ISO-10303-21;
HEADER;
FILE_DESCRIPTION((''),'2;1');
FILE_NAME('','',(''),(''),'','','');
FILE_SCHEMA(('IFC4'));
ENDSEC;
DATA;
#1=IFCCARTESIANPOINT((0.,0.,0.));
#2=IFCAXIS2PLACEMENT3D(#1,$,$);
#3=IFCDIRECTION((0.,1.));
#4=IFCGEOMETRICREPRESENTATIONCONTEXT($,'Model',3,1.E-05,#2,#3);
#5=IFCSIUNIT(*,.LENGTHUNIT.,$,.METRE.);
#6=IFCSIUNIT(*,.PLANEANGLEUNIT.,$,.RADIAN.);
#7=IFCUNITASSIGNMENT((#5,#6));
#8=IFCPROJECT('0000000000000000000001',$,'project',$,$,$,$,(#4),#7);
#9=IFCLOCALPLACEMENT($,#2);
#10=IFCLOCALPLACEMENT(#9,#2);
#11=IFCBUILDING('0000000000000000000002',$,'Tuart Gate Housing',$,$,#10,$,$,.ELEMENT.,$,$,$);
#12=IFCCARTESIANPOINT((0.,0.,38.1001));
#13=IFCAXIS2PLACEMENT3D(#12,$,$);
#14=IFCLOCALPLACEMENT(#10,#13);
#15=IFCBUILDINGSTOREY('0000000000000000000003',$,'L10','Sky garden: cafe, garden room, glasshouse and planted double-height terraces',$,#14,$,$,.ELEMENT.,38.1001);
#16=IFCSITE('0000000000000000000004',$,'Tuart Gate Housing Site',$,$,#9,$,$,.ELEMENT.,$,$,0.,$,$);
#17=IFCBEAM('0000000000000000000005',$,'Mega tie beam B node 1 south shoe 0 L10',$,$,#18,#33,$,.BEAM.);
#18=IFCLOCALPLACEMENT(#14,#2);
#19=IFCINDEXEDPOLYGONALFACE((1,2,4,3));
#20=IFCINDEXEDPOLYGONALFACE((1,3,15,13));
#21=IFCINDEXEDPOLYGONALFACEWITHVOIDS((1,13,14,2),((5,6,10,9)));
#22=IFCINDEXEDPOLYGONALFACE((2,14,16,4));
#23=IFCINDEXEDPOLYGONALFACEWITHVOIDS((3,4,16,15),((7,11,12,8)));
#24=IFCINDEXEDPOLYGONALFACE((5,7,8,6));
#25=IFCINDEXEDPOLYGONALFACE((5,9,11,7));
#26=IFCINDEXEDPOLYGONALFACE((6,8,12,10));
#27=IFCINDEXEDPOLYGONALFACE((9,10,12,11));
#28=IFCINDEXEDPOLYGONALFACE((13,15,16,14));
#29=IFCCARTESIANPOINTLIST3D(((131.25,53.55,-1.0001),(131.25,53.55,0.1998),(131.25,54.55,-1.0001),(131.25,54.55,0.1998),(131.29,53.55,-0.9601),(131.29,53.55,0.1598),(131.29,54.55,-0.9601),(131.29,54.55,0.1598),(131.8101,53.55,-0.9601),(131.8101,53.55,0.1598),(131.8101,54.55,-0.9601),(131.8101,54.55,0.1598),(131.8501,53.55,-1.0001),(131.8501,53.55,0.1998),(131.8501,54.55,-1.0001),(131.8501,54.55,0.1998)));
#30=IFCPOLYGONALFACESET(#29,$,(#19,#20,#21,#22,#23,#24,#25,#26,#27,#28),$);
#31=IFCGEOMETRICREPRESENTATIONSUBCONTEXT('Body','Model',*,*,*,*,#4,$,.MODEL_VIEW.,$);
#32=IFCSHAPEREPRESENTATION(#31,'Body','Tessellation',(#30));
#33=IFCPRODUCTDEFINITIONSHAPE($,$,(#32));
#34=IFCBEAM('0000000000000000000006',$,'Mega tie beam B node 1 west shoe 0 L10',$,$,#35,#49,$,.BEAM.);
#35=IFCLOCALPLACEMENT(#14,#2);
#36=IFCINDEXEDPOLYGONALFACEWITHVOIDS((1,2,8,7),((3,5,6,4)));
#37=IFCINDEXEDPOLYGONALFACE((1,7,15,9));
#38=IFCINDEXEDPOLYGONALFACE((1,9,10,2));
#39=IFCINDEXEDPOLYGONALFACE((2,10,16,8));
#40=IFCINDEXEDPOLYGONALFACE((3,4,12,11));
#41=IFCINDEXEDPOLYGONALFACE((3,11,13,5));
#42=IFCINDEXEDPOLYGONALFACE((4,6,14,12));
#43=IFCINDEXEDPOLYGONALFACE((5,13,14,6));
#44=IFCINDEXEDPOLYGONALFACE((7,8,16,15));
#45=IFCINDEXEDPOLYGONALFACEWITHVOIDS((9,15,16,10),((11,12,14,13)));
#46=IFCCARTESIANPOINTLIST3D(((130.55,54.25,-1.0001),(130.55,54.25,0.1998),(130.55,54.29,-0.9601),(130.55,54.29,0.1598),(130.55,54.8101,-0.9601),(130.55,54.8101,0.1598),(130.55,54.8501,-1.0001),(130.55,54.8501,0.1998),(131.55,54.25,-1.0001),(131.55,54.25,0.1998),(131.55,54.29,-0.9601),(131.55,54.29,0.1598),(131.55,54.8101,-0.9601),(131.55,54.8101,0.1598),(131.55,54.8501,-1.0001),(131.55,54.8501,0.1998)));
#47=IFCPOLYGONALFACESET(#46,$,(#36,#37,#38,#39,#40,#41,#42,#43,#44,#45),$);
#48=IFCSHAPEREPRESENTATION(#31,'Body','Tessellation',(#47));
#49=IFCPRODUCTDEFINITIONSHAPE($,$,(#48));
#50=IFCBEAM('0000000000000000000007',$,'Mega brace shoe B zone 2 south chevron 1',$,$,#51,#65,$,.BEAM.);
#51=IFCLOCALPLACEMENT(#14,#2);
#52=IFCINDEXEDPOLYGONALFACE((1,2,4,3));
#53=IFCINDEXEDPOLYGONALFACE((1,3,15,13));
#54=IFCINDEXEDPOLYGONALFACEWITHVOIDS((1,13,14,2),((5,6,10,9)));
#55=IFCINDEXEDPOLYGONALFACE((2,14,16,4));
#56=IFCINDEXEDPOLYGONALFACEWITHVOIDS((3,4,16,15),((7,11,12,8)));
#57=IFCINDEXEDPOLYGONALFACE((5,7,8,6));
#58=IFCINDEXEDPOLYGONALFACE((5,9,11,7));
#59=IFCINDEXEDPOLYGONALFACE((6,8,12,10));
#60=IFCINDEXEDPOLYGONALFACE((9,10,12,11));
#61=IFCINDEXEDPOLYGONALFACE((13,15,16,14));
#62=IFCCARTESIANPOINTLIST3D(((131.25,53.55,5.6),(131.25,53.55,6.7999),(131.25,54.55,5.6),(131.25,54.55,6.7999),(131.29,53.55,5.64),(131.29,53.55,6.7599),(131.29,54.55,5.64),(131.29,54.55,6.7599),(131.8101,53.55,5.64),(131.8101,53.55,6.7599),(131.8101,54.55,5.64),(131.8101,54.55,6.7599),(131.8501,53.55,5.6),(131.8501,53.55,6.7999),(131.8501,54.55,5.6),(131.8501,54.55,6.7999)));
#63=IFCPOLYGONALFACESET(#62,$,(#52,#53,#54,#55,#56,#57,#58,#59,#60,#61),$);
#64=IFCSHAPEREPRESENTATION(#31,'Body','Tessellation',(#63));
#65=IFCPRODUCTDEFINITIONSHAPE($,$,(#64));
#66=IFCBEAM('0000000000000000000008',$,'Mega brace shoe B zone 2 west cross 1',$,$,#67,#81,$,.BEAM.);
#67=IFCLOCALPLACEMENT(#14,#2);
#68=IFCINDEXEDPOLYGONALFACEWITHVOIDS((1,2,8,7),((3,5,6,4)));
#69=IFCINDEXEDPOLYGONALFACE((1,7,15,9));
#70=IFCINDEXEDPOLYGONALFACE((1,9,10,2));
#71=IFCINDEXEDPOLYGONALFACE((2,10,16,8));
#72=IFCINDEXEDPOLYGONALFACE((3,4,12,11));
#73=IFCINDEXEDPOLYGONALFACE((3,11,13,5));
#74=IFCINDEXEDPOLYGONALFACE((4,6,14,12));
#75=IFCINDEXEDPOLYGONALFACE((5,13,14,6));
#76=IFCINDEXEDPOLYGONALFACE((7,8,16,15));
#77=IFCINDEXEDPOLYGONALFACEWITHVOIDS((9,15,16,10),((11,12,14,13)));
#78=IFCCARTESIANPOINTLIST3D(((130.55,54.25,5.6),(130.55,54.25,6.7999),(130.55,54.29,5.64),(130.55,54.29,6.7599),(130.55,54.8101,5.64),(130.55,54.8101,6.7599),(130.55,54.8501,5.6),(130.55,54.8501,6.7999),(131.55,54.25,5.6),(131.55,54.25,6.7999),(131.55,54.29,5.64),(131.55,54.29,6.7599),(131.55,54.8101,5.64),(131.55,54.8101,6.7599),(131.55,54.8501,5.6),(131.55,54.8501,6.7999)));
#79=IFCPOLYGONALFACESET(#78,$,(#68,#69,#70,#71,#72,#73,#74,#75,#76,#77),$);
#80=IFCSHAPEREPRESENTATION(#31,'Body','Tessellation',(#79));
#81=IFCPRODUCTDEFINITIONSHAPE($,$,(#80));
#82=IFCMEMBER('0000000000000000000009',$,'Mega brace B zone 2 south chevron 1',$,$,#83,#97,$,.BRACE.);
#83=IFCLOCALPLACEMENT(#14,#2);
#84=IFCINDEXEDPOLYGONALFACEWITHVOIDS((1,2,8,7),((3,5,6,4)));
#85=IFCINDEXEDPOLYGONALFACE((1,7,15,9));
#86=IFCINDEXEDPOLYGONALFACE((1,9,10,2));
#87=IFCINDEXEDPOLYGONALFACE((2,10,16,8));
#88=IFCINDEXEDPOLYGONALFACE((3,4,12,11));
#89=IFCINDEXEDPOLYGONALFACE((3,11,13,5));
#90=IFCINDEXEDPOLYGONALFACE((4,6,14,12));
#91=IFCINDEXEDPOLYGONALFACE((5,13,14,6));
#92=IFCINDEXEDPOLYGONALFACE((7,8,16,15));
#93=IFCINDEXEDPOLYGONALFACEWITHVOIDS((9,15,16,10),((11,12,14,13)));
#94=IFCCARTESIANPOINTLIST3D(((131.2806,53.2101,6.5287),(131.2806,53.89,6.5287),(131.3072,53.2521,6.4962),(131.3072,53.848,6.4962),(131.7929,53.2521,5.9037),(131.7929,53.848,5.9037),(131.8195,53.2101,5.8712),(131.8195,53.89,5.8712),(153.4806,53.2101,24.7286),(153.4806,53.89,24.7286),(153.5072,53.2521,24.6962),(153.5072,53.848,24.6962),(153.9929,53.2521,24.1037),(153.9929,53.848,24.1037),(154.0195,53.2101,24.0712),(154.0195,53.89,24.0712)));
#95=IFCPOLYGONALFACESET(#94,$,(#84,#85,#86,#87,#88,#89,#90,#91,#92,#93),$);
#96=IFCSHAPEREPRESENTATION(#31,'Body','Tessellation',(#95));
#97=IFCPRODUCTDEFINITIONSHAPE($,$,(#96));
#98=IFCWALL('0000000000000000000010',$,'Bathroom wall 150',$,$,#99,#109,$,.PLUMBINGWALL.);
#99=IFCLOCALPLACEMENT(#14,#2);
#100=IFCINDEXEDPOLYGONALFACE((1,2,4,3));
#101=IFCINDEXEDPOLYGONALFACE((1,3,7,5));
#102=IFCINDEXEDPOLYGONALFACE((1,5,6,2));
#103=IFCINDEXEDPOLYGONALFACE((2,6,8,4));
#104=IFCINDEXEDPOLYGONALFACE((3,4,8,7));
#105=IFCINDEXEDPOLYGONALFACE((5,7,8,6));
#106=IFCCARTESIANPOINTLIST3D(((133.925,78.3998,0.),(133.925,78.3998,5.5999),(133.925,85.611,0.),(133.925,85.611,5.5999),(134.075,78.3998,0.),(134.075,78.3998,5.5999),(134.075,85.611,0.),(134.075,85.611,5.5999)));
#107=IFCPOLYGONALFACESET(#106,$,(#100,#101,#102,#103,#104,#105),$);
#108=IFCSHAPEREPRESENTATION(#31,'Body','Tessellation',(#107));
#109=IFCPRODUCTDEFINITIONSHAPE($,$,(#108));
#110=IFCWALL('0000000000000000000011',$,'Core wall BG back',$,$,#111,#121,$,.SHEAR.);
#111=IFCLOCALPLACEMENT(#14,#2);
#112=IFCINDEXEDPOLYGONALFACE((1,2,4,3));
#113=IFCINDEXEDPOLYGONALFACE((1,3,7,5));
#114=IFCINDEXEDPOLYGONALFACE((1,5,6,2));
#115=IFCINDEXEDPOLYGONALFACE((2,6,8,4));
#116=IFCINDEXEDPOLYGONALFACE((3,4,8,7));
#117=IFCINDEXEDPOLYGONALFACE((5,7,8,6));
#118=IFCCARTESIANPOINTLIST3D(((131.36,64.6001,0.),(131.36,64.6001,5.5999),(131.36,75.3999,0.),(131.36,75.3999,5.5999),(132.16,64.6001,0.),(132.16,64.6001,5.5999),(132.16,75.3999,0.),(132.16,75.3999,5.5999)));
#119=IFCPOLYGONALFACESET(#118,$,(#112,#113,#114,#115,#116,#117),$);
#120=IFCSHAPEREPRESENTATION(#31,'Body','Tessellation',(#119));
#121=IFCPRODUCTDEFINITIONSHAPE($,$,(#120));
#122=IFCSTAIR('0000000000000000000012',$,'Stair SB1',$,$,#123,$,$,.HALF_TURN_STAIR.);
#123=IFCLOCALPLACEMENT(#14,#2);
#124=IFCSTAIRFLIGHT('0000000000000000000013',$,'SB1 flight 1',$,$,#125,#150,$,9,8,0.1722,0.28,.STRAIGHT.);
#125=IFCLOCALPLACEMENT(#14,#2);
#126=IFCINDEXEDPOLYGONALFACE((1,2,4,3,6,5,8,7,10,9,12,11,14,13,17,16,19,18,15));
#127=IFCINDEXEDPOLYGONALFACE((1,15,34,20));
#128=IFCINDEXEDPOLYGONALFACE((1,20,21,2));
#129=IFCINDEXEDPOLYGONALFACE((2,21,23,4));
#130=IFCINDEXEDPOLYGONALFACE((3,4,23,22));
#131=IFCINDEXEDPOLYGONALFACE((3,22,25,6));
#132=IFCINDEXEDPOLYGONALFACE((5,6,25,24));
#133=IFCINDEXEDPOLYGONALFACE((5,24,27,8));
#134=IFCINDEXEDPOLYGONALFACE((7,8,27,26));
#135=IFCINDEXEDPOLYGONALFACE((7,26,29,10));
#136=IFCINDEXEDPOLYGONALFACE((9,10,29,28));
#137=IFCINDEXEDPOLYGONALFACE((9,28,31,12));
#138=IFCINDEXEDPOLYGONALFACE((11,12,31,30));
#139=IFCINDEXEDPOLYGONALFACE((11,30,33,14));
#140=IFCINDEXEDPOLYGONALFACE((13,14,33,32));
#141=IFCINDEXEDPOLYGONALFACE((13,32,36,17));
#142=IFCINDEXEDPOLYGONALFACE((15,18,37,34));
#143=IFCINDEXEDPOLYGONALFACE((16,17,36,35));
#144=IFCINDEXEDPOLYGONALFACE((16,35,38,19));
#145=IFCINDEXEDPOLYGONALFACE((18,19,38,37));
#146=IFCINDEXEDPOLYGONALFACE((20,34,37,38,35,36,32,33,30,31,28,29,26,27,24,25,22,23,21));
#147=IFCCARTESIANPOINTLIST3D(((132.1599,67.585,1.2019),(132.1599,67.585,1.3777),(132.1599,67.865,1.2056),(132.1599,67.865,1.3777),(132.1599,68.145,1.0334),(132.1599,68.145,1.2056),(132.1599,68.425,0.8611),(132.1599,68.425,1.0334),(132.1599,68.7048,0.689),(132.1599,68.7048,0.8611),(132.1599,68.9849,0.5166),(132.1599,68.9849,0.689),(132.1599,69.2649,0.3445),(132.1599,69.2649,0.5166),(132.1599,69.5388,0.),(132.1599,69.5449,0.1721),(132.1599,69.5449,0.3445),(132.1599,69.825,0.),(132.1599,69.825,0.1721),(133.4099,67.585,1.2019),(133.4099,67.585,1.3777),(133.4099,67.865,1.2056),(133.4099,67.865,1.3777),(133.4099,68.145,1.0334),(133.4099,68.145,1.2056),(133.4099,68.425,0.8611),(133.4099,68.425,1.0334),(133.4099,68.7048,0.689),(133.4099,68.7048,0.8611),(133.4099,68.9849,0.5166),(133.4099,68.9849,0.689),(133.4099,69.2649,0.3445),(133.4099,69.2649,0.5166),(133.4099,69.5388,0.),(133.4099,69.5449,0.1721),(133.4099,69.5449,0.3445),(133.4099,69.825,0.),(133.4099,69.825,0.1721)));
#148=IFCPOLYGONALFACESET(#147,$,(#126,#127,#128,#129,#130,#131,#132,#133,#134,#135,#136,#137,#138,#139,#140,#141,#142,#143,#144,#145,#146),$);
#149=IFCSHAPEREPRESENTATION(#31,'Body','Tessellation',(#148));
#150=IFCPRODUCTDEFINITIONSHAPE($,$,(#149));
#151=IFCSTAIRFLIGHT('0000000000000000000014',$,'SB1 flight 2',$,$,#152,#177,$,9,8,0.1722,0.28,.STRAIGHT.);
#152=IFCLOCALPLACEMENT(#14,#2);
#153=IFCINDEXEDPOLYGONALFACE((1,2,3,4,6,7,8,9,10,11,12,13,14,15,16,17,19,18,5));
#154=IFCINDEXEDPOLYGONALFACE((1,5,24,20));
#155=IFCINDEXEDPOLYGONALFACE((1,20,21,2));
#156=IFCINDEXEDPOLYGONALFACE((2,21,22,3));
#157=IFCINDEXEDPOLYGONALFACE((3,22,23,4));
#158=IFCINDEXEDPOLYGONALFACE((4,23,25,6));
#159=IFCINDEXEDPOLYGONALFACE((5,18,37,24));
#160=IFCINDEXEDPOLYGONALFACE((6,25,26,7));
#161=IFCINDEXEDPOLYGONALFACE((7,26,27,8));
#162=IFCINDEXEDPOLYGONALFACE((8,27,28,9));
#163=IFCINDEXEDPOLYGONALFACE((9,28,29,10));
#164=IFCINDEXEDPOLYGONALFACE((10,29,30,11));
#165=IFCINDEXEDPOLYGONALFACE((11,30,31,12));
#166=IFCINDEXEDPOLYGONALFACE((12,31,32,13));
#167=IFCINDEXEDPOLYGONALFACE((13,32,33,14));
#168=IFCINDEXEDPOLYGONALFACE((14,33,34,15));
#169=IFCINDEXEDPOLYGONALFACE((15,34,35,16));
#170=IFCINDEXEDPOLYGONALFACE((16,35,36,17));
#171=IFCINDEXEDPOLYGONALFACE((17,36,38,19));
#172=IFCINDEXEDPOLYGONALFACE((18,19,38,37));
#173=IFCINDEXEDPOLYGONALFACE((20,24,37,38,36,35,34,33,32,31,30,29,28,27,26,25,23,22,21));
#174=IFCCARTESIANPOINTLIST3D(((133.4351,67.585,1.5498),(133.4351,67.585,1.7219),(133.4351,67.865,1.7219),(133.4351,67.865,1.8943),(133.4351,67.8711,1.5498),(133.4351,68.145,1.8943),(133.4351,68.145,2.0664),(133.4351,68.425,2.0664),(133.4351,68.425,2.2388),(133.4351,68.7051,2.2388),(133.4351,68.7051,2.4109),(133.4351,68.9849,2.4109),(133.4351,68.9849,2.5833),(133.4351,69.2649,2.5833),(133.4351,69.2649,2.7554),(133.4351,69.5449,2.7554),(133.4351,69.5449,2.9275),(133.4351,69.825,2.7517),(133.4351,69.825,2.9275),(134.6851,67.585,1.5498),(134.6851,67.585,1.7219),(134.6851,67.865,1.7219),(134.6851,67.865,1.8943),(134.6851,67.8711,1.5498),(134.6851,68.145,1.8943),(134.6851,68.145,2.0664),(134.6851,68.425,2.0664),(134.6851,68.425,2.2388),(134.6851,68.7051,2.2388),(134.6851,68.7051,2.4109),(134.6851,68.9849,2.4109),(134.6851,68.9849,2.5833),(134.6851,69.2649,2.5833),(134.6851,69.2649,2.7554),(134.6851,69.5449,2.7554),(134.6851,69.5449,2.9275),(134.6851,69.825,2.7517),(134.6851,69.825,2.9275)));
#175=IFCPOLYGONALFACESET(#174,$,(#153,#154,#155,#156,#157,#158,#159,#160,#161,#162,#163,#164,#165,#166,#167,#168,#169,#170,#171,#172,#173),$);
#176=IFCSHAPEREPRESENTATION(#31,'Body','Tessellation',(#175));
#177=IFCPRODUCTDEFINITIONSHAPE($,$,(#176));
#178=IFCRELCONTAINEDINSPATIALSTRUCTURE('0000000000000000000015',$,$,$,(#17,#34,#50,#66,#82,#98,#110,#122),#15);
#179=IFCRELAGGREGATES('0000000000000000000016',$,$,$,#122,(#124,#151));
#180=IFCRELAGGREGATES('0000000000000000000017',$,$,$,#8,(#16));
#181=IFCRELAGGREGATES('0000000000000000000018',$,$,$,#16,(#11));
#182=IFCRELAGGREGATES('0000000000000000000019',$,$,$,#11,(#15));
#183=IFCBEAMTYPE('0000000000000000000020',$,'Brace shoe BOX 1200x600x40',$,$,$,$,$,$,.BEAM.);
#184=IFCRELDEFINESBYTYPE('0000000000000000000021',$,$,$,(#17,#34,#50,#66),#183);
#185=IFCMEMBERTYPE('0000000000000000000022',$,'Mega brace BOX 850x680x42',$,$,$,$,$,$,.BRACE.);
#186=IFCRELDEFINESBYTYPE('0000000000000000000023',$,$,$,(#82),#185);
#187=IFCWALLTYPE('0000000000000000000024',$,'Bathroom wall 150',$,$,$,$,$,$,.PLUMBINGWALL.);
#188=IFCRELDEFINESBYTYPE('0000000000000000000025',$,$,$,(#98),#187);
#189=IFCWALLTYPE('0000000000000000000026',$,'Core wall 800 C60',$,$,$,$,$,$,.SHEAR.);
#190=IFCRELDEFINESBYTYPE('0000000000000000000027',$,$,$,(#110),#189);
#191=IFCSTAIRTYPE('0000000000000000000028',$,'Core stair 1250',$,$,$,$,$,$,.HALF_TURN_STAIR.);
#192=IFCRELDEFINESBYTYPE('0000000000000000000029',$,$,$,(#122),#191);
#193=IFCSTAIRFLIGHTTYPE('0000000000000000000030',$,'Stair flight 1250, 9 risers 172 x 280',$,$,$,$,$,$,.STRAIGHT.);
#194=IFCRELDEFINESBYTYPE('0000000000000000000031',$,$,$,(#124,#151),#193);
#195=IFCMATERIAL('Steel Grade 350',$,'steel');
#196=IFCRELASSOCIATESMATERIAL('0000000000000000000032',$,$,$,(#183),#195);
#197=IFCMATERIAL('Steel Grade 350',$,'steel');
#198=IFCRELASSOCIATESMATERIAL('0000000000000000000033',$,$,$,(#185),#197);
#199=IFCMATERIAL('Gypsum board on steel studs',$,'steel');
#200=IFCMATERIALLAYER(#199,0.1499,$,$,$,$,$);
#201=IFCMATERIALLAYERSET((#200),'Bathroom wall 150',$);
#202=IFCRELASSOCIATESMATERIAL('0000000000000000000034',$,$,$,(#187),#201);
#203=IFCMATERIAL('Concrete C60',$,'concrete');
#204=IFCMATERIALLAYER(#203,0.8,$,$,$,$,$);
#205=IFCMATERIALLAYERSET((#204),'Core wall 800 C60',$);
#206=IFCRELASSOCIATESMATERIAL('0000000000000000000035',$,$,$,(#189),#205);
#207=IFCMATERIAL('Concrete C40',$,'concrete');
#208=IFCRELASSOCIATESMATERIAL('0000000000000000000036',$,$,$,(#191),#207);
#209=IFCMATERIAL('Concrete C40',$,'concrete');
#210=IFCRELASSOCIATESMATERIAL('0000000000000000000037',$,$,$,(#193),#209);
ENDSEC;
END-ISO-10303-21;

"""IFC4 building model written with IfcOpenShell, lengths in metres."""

from ifc_helpers import new_model, si_unit, direction, frame, frame_2d, origin, origin_2d, place, context, subcontext, project, spatial, polyline, rectangle, hollow_rectangle, outline, extrude, material, layer, layer_set, material_profile, profile_set, type_object, element, aggregate, save


model = new_model("IFC4")

# Units and contexts
model_context = context("Model", 3, precision=1e-05, world=origin(), true_north=direction((0.0, 1.0)))
body_context = subcontext(model_context, "Body", "Model", "MODEL_VIEW")
ifc_project = project(units=[si_unit("LENGTHUNIT", "METRE"), si_unit("PLANEANGLEUNIT", "RADIAN")], contexts=[model_context])

# Site, building, storey
site_placement = place(None, origin())
site = spatial("IfcSite", under=ifc_project, at=site_placement, Name="Tuart Gate Housing Site", CompositionType="ELEMENT", RefElevation=0.0)
building_placement = place(site_placement, origin())
building = spatial("IfcBuilding", under=site, at=building_placement, Name="Tuart Gate Housing", CompositionType="ELEMENT")
storey_placement = place(building_placement, frame((0.0, 0.0, 38.1001)))
storey = spatial("IfcBuildingStorey", under=building, at=storey_placement, Name="L10", Description="Sky garden: cafe, garden room, glasshouse and planted double-height terraces", CompositionType="ELEMENT", Elevation=38.1001)

# Beams
ifc_material_1 = material(Name="Steel Grade 350", Category="steel")
ifc_material_profile_1 = material_profile(ifc_material_1, hollow_rectangle(XDim=0.6001, YDim=1.2, WallThickness=0.04, at=origin_2d()), Name="BOX 1200x600x40")
ifc_profile_set_1 = profile_set([ifc_material_profile_1], Name="Steel Grade 350")
beam_type = type_object("IfcBeamType", Name="Brace shoe BOX 1200x600x40", PredefinedType="BEAM", material=ifc_profile_set_1)
for number, where, z_axis, x_axis, name in (
    (1, (131.55, 54.55, -0.4001), (0.0, -1.0, 0.0), (1.0, 0.0, 0.0), "Mega tie beam B node 1 south shoe 0 L10"),
    (2, (131.55, 54.55, -0.4001), (-1.0, 0.0, 0.0), (0.0, -1.0, 0.0), "Mega tie beam B node 1 west shoe 0 L10"),
    (3, (131.55, 54.55, 6.2), (0.0, -1.0, 0.0), (1.0, 0.0, 0.0), "Mega brace shoe B zone 2 south chevron 1"),
    (4, (131.55, 54.55, 6.2), (-1.0, 0.0, 0.0), (0.0, -1.0, 0.0), "Mega brace shoe B zone 2 west cross 1"),
):
    element("IfcBeam", number, at=place(storey_placement, frame(where, z_axis=z_axis, x_axis=x_axis)), inside=storey, type_object=beam_type, Name=name, PredefinedType="BEAM", context=body_context, shape_type="SweptSolid", body=[
        extrude(hollow_rectangle(XDim=0.6001, YDim=1.2, WallThickness=0.04, at=origin_2d()), origin(), (0.0, 0.0, 1.0), 1.0),
    ])

# Member
ifc_material_2 = material(Name="Steel Grade 350", Category="steel")
ifc_material_profile_2 = material_profile(ifc_material_2, hollow_rectangle(XDim=0.6799, YDim=0.8501, WallThickness=0.042, at=origin_2d()), Name="BOX 850x680x42")
ifc_profile_set_2 = profile_set([ifc_material_profile_2], Name="Steel Grade 350")
member_type = type_object("IfcMemberType", Name="Mega brace BOX 850x680x42", PredefinedType="BRACE", material=ifc_profile_set_2)
member_placement = place(storey_placement, frame((131.55, 53.55, 6.2), z_axis=(0.773336, 0.0, 0.633996), x_axis=(0.0, 1.0, 0.0)))
element("IfcMember", 5, at=member_placement, inside=storey, type_object=member_type, Name="Mega brace B zone 2 south chevron 1", PredefinedType="BRACE", context=body_context, shape_type="SweptSolid", body=[
    extrude(hollow_rectangle(XDim=0.6799, YDim=0.8501, WallThickness=0.042, at=origin_2d()), origin(), (0.0, 0.0, 1.0), 28.7068),
])

# Wall
ifc_material_3 = material(Name="Gypsum board on steel studs", Category="steel")
ifc_layer_1 = layer(ifc_material_3, 0.1499)
ifc_layer_set_1 = layer_set([ifc_layer_1], Name="Bathroom wall 150")
wall_type_1 = type_object("IfcWallType", Name="Bathroom wall 150", PredefinedType="PLUMBINGWALL", material=ifc_layer_set_1)
wall_1_placement = place(storey_placement, frame((134.0, 78.3999, 0.0), z_axis=(0.0, 0.0, 1.0), x_axis=(0.0, 1.0, 0.0)))
element("IfcWall", 6, at=wall_1_placement, inside=storey, type_object=wall_type_1, Name="Bathroom wall 150", PredefinedType="PLUMBINGWALL", context=body_context, shape_type="SweptSolid", body=[
    extrude(rectangle(XDim=7.2112, YDim=0.1499, at=frame_2d((3.6055, 0.0))), origin(), (0.0, 0.0, 1.0), 5.5999),
])

# Wall
ifc_material_4 = material(Name="Concrete C60", Category="concrete")
ifc_layer_2 = layer(ifc_material_4, 0.8)
ifc_layer_set_2 = layer_set([ifc_layer_2], Name="Core wall 800 C60")
wall_type_2 = type_object("IfcWallType", Name="Core wall 800 C60", PredefinedType="SHEAR", material=ifc_layer_set_2)
wall_2_placement = place(storey_placement, frame((131.76, 64.6001, 0.0), z_axis=(0.0, 0.0, 1.0), x_axis=(0.0, 1.0, 0.0)))
element("IfcWall", 7, at=wall_2_placement, inside=storey, type_object=wall_type_2, Name="Core wall BG back", PredefinedType="SHEAR", context=body_context, shape_type="SweptSolid", body=[
    extrude(rectangle(XDim=10.7998, YDim=0.8, at=frame_2d((5.3999, 0.0))), origin(), (0.0, 0.0, 1.0), 5.5999),
])

# Stair, stair flights
ifc_material_5 = material(Name="Concrete C40", Category="concrete")
stair_type = type_object("IfcStairType", Name="Core stair 1250", PredefinedType="HALF_TURN_STAIR", material=ifc_material_5)
stair_placement = place(storey_placement, origin())
stair = element("IfcStair", 8, at=stair_placement, inside=storey, type_object=stair_type, Name="Stair SB1", PredefinedType="HALF_TURN_STAIR")
ifc_material_6 = material(Name="Concrete C40", Category="concrete")
stair_flight_type = type_object("IfcStairFlightType", Name="Stair flight 1250, 9 risers 172 x 280", PredefinedType="STRAIGHT", material=ifc_material_6)
stair_flight_1_placement = place(storey_placement, frame((132.7849, 69.825, 0.0), z_axis=(0.0, 0.0, 1.0), x_axis=(0.0, -1.0, 0.0)))
stair_flight_1 = element("IfcStairFlight", 9, at=stair_flight_1_placement, type_object=stair_flight_type, Name="SB1 flight 1", NumberOfRisers=9, NumberOfTreads=8, PredefinedType="STRAIGHT", RiserHeight=0.1722, TreadLength=0.28, context=body_context, shape_type="SweptSolid", body=[
    extrude(outline(polyline([(0.0, 0.0), (0.0, 0.1721), (0.28, 0.1721), (0.28, 0.3445), (0.5601, 0.3445), (0.5601, 0.5166), (0.8401, 0.5166), (0.8401, 0.689), (1.1201, 0.689), (1.1201, 0.8611), (1.3999, 0.8611), (1.3999, 1.0334), (1.6799, 1.0334), (1.6799, 1.2056), (1.96, 1.2056), (1.96, 1.3777), (2.24, 1.3777), (2.24, 1.55), (2.24, 1.2019), (0.2861, 0.0), (0.0, 0.0)])), frame((0.0, 0.625, 0.0), z_axis=(0.0, -1.0, 0.0), x_axis=(1.0, 0.0, 0.0)), (0.0, 0.0, 1.0), 1.25),
])
stair_flight_2_placement = place(storey_placement, frame((134.0601, 67.585, 1.5498), z_axis=(0.0, 0.0, 1.0), x_axis=(0.0, 1.0, 0.0)))
stair_flight_2 = element("IfcStairFlight", 10, at=stair_flight_2_placement, type_object=stair_flight_type, Name="SB1 flight 2", NumberOfRisers=9, NumberOfTreads=8, PredefinedType="STRAIGHT", RiserHeight=0.1722, TreadLength=0.28, context=body_context, shape_type="SweptSolid", body=[
    extrude(outline(polyline([(0.0, 0.0), (0.0, 0.1721), (0.28, 0.1721), (0.28, 0.3445), (0.5601, 0.3445), (0.5601, 0.5166), (0.8401, 0.5166), (0.8401, 0.689), (1.1201, 0.689), (1.1201, 0.8611), (1.3999, 0.8611), (1.3999, 1.0334), (1.6799, 1.0334), (1.6799, 1.2056), (1.96, 1.2056), (1.96, 1.3777), (2.24, 1.3777), (2.24, 1.55), (2.24, 1.2019), (0.2861, 0.0), (0.0, 0.0)])), frame((0.0, 0.625, 0.0), z_axis=(0.0, -1.0, 0.0), x_axis=(1.0, 0.0, 0.0)), (0.0, 0.0, 1.0), 1.25),
])
aggregate(stair, [stair_flight_1, stair_flight_2])

save(model, "model.ifc")
